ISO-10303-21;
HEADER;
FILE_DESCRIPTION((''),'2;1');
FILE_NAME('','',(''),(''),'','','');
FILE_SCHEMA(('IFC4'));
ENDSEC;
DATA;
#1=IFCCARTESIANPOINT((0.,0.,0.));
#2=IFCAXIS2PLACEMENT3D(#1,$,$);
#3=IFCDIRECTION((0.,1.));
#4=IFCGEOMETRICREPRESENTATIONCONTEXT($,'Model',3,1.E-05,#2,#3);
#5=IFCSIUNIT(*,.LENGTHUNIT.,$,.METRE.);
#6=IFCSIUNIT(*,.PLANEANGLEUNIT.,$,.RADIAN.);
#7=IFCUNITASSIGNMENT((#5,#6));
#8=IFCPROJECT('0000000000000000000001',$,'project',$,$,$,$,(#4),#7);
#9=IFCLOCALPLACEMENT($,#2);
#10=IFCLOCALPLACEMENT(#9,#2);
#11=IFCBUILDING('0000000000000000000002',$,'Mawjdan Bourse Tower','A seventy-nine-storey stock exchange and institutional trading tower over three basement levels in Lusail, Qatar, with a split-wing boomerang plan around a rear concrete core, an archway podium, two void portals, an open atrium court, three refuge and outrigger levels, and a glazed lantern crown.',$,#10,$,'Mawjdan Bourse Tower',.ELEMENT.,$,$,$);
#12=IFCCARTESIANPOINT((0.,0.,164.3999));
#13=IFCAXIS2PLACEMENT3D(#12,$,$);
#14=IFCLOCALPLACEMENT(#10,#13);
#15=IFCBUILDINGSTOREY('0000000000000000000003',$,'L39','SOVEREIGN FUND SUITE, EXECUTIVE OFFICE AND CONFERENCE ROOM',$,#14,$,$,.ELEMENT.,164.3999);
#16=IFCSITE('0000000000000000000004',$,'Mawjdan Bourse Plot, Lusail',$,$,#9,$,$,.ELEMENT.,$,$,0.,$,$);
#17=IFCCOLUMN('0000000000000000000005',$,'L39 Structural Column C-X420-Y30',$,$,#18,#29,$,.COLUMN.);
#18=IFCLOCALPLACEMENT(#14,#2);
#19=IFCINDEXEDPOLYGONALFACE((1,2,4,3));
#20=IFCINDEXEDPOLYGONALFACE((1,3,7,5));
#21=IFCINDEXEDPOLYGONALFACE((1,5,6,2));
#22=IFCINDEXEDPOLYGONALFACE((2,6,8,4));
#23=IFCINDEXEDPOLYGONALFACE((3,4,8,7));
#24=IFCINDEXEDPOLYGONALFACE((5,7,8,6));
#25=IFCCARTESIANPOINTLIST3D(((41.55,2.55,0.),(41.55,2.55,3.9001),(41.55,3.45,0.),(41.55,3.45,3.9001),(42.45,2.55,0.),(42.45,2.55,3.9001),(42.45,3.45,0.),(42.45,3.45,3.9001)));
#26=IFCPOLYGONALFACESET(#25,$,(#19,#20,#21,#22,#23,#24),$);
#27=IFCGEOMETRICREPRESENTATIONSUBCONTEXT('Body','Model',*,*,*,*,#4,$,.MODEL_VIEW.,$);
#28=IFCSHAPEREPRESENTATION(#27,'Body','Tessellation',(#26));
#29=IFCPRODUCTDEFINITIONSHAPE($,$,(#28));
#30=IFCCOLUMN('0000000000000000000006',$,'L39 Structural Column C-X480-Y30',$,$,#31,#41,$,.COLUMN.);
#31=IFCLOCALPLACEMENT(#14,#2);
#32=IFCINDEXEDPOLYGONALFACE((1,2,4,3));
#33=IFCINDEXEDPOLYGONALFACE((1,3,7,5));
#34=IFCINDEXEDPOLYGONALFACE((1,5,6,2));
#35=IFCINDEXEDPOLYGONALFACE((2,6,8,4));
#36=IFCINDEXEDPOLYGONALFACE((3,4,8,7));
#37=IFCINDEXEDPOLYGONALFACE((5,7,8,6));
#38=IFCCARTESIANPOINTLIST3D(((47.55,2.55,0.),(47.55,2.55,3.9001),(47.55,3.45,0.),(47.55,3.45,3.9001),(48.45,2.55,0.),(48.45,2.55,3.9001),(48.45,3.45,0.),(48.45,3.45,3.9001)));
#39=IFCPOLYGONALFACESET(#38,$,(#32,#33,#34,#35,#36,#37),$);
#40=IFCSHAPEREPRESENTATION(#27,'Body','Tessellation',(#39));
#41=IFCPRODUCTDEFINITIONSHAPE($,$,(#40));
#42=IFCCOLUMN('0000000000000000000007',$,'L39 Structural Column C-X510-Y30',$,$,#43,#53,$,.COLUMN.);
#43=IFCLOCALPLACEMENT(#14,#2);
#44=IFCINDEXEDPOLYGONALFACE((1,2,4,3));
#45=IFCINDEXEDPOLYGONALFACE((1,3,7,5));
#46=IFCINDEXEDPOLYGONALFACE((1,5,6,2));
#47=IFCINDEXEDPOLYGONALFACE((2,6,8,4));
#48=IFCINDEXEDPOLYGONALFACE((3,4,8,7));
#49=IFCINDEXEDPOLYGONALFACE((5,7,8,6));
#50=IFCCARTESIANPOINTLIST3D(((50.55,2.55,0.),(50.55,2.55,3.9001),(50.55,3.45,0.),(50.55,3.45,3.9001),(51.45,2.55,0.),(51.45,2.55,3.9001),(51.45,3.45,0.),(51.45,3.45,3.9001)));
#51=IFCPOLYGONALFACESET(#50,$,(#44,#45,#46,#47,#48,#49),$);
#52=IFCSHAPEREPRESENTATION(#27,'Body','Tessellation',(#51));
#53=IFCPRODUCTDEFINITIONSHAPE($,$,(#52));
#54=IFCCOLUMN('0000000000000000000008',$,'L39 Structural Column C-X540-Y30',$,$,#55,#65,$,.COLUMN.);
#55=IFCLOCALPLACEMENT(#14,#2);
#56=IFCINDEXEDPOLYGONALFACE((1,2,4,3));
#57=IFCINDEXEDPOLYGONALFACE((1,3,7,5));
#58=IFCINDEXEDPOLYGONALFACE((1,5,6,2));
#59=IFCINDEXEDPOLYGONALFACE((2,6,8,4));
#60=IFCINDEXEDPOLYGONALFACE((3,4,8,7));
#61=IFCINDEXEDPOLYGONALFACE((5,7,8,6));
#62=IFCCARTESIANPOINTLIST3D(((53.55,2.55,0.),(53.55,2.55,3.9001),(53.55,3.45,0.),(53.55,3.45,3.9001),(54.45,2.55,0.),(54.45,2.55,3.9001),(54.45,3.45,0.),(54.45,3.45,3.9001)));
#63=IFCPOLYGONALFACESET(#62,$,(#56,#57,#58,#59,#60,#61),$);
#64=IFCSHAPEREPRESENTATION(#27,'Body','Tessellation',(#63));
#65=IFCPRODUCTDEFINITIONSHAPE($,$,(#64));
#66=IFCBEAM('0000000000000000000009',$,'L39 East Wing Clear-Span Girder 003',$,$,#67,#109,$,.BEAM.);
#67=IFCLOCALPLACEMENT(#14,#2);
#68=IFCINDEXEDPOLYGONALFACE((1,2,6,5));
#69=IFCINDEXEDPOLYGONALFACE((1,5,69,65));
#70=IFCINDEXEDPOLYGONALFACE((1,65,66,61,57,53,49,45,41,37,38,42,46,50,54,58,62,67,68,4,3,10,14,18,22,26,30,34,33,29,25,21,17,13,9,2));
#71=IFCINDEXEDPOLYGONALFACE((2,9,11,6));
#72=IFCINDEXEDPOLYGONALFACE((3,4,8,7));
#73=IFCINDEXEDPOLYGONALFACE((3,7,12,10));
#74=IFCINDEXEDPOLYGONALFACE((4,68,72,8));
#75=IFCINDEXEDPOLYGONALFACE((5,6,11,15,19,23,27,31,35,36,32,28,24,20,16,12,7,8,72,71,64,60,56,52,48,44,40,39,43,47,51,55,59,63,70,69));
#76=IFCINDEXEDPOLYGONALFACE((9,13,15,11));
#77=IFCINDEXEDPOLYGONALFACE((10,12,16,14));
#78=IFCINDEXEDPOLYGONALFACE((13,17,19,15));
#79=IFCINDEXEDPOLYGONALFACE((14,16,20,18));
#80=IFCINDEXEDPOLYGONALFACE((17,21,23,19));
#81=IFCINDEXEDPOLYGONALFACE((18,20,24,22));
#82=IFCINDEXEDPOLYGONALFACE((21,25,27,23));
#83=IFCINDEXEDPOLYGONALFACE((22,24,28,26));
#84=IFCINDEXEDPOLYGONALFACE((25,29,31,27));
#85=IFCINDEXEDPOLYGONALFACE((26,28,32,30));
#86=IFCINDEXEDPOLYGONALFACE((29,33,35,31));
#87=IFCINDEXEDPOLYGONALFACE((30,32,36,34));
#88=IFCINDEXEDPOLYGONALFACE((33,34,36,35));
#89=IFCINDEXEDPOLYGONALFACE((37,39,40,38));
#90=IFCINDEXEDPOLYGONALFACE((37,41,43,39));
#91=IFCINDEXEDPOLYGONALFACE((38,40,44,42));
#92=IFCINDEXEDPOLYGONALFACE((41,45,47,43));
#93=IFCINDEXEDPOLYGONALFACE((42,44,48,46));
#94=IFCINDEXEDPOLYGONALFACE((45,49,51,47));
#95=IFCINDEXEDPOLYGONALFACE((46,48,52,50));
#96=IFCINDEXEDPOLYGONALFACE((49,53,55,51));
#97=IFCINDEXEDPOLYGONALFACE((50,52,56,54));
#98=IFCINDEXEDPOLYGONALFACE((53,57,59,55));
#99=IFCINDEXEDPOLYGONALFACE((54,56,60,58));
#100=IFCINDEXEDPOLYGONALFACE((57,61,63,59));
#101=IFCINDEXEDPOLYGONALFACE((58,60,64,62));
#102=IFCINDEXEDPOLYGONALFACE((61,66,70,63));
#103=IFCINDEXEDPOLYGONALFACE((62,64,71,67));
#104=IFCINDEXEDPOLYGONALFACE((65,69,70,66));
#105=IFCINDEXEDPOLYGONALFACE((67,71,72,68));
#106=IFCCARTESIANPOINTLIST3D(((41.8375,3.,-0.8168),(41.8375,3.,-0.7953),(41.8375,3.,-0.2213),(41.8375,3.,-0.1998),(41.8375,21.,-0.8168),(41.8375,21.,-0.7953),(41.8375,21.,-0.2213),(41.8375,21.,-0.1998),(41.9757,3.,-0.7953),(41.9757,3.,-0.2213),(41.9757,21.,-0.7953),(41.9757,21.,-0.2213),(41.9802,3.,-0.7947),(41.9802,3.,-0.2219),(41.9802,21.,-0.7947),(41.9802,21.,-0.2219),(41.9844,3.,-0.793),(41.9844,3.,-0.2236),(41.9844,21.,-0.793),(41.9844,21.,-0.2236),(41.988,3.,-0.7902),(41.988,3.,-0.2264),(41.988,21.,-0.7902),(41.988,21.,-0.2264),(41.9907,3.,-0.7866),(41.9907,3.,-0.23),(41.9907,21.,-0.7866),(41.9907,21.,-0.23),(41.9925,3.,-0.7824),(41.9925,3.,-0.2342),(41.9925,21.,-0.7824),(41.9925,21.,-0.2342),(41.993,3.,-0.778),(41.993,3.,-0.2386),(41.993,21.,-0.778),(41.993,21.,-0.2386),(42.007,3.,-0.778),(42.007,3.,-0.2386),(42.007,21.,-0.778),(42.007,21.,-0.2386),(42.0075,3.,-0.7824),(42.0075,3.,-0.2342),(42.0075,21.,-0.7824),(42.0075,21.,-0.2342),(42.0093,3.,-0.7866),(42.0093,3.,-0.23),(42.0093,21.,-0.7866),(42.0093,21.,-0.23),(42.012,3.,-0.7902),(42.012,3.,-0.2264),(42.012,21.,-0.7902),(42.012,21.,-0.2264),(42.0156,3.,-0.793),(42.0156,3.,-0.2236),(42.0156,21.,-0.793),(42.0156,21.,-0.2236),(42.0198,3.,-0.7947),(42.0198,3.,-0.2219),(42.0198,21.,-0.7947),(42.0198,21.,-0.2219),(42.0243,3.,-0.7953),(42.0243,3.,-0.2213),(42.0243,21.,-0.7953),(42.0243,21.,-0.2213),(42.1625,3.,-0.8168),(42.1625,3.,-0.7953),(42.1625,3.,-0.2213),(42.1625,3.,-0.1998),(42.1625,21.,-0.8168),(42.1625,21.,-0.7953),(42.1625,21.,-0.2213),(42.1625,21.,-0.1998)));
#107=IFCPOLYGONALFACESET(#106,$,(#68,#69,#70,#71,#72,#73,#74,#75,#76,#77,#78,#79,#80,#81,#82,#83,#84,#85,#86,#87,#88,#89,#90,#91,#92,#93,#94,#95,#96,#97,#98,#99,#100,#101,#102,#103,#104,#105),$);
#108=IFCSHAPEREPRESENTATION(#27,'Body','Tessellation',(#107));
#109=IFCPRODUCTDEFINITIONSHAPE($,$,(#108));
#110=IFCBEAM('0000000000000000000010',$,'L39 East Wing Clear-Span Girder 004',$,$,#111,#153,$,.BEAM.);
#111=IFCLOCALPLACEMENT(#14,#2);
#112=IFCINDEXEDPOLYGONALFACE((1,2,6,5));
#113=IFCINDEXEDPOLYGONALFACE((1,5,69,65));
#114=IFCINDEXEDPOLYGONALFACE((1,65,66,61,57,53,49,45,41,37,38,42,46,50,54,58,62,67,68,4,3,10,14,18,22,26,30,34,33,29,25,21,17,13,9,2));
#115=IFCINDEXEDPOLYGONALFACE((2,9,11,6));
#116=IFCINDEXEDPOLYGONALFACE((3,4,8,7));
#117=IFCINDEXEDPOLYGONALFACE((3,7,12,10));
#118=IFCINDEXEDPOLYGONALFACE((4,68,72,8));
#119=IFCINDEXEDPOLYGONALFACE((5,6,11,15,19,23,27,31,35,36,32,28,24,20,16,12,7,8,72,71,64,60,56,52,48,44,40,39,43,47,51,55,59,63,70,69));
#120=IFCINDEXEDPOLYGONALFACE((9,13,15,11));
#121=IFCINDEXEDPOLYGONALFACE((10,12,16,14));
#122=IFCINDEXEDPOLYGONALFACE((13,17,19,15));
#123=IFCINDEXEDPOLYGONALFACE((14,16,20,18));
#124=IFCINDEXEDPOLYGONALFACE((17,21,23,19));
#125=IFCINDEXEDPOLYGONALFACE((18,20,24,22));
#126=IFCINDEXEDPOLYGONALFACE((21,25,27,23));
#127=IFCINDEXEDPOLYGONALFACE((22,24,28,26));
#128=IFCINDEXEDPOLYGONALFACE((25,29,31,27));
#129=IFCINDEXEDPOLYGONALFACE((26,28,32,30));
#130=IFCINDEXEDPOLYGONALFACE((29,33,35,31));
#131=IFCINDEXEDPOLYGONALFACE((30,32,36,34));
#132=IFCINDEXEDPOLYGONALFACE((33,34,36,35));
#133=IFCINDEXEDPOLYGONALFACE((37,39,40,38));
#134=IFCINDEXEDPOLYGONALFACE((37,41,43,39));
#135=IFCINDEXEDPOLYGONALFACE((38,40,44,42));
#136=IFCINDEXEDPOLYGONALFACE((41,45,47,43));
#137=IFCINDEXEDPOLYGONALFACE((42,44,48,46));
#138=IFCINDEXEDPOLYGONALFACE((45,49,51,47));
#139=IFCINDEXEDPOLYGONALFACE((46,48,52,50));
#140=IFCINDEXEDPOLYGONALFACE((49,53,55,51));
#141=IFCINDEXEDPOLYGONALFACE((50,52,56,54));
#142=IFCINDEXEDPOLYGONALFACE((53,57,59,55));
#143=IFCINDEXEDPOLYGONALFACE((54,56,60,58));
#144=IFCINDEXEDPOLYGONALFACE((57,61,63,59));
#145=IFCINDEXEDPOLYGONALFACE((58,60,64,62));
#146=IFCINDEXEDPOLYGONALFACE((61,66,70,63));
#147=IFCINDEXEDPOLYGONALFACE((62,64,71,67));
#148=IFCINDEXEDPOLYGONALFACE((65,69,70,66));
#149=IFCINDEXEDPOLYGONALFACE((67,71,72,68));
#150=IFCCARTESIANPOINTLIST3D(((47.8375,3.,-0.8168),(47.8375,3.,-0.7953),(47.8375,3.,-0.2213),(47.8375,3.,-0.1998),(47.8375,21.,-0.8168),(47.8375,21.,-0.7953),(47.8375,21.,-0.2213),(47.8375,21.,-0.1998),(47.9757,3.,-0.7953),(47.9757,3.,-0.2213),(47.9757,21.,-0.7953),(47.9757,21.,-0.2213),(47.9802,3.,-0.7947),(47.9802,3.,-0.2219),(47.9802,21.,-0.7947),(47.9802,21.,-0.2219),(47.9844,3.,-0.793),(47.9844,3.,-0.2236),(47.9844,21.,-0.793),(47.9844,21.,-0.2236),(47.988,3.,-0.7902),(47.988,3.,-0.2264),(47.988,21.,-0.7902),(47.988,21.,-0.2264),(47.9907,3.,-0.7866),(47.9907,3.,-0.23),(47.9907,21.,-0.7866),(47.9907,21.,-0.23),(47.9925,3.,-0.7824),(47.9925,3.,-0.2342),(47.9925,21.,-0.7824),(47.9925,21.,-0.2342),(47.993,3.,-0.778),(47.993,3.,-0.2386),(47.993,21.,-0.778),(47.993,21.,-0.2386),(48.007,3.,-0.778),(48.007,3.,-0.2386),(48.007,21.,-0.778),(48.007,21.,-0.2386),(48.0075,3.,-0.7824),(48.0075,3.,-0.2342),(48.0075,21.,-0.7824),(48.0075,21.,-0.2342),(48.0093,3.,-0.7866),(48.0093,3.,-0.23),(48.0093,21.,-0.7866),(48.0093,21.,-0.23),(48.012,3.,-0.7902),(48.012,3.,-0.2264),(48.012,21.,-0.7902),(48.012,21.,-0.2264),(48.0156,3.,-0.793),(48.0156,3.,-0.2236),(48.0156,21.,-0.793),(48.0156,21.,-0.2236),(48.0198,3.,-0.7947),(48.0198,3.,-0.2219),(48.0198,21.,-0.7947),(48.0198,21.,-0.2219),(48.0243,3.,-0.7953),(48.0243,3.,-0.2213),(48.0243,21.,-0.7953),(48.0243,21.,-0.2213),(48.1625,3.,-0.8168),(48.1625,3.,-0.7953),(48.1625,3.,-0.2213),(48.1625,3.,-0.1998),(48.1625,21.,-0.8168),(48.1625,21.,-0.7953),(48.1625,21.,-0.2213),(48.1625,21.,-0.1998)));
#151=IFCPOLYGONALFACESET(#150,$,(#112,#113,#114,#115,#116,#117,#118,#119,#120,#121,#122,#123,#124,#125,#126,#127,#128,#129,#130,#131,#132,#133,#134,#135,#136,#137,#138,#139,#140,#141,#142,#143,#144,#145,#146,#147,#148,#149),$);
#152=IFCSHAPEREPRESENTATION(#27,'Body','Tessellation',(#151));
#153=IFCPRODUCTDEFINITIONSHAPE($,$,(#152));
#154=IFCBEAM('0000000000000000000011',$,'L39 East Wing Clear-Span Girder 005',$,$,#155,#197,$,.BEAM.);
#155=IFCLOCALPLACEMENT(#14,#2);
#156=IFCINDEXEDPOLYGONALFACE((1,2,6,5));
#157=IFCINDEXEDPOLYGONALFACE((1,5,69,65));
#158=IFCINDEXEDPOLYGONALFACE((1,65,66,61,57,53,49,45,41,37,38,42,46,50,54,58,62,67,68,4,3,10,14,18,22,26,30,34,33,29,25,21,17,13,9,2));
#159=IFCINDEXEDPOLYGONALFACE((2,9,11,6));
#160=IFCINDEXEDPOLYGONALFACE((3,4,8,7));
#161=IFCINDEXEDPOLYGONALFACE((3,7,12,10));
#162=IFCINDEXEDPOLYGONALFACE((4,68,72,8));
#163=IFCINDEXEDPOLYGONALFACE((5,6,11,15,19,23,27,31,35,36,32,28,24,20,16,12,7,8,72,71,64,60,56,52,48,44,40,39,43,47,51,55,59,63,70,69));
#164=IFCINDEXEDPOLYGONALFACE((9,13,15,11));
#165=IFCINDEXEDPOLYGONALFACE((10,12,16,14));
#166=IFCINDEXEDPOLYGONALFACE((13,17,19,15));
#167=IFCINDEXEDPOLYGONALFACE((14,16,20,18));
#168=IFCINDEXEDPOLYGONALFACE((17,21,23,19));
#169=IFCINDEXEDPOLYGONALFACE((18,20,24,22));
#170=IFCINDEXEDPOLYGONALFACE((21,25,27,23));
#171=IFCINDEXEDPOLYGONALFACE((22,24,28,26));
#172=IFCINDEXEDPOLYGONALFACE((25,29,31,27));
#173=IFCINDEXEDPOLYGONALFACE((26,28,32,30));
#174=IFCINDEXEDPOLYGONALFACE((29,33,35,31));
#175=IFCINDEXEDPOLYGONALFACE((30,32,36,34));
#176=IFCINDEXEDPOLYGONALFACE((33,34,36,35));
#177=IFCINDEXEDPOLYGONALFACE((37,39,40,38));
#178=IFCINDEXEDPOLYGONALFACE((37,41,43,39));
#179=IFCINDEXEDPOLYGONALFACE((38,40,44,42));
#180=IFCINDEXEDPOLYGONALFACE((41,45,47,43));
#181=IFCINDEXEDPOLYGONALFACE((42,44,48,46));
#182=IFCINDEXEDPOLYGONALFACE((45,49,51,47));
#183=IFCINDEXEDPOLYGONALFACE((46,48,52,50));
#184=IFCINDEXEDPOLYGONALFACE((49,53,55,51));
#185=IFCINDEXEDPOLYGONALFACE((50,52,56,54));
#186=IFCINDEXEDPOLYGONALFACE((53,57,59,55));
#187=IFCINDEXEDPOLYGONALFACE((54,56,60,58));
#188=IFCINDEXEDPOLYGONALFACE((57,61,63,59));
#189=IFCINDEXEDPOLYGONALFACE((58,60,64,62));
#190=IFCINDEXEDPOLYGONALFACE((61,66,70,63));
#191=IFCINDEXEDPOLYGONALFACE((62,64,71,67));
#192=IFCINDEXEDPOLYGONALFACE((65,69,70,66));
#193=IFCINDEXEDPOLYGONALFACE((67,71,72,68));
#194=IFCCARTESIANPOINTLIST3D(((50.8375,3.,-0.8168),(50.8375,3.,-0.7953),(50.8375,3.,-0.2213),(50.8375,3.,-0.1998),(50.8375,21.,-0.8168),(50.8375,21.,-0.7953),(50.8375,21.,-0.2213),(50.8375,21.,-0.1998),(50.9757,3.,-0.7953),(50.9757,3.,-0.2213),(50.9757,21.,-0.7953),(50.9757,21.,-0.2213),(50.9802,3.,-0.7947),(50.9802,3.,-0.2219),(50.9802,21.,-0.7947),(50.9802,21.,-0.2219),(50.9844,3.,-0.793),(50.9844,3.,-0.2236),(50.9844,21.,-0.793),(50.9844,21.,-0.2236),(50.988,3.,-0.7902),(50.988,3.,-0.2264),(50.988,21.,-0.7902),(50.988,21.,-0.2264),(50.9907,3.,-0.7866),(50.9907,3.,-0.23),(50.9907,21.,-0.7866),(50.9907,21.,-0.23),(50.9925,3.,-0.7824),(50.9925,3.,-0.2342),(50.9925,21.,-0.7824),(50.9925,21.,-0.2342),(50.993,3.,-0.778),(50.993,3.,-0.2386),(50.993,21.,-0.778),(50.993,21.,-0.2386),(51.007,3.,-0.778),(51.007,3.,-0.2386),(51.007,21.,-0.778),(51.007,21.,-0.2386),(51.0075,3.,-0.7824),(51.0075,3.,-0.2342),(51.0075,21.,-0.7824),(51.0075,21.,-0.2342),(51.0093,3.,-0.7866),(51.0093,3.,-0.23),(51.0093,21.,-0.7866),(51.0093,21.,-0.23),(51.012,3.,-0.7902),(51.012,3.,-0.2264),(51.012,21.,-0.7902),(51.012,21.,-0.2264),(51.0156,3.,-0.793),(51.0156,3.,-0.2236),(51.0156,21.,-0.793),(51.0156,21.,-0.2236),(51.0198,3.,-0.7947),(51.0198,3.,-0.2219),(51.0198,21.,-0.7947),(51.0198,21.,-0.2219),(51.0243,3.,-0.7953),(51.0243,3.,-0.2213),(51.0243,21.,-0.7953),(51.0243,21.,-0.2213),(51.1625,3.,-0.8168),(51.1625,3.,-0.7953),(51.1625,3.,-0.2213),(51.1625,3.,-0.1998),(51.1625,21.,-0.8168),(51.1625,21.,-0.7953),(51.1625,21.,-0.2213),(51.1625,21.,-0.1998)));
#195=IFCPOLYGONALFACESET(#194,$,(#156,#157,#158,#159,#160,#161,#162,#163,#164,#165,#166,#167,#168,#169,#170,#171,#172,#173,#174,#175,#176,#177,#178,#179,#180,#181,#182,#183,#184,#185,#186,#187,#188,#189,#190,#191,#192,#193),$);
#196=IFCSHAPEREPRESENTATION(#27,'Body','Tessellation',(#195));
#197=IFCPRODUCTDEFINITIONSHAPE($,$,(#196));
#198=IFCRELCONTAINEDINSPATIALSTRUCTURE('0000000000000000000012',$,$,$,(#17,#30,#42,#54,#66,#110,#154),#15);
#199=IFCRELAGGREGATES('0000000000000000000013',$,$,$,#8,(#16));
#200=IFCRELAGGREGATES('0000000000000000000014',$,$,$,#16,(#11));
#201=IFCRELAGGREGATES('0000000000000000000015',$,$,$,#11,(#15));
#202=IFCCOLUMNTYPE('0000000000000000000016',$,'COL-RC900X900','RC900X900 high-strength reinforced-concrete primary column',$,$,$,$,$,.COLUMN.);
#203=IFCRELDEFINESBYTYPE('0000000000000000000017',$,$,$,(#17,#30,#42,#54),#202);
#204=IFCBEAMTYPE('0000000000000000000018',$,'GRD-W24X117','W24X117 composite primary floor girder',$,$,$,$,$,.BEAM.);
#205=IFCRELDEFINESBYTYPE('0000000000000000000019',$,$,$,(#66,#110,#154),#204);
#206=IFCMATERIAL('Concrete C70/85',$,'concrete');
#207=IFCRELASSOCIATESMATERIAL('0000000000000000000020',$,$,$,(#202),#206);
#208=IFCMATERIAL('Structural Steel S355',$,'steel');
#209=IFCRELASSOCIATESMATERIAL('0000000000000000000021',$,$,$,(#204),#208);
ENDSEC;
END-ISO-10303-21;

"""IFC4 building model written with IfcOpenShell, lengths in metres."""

from ifc_helpers import new_model, si_unit, direction, frame, origin, origin_2d, place, context, subcontext, project, spatial, rectangle, i_section, extrude, material, material_profile, profile_set, type_object, element, save


model = new_model("IFC4")

# Units and contexts
model_context = context("Model", 3, precision=1e-05, world=origin(), true_north=direction((0.0, 1.0)))
body_context = subcontext(model_context, "Body", "Model", "MODEL_VIEW")
ifc_project = project(units=[si_unit("LENGTHUNIT", "METRE"), si_unit("PLANEANGLEUNIT", "RADIAN")], contexts=[model_context])

# Site, building, storey
site_placement = place(None, origin())
site = spatial("IfcSite", under=ifc_project, at=site_placement, Name="Mawjdan Bourse Plot, Lusail", CompositionType="ELEMENT", RefElevation=0.0)
building_placement = place(site_placement, origin())
building = spatial("IfcBuilding", under=site, at=building_placement, Name="Mawjdan Bourse Tower", Description="A seventy-nine-storey stock exchange and institutional trading tower over three basement levels in Lusail, Qatar, with a split-wing boomerang plan around a rear concrete core, an archway podium, two void portals, an open atrium court, three refuge and outrigger levels, and a glazed lantern crown.", LongName="Mawjdan Bourse Tower", CompositionType="ELEMENT")
storey_placement = place(building_placement, frame((0.0, 0.0, 164.3999)))
storey = spatial("IfcBuildingStorey", under=building, at=storey_placement, Name="L39", Description="SOVEREIGN FUND SUITE, EXECUTIVE OFFICE AND CONFERENCE ROOM", CompositionType="ELEMENT", Elevation=164.3999)

# Columns
ifc_material_1 = material(Name="Concrete C70/85", Category="concrete")
ifc_material_profile_1 = material_profile(ifc_material_1, rectangle(XDim=0.8999, YDim=0.8999, at=origin_2d()), Name="RC900X900")
ifc_profile_set_1 = profile_set([ifc_material_profile_1], Name="Concrete C70/85")
column_type = type_object("IfcColumnType", Name="COL-RC900X900", Description="RC900X900 high-strength reinforced-concrete primary column", PredefinedType="COLUMN", material=ifc_profile_set_1)
for number, where, z_axis, x_axis, name in (
    (1, (42.0, 3.0, 0.0), (0.0, 0.0, 1.0), (1.0, 0.0, 0.0), "L39 Structural Column C-X420-Y30"),
    (2, (48.0, 3.0, 0.0), (0.0, 0.0, 1.0), (1.0, 0.0, 0.0), "L39 Structural Column C-X480-Y30"),
    (3, (51.0, 3.0, 0.0), (0.0, 0.0, 1.0), (1.0, 0.0, 0.0), "L39 Structural Column C-X510-Y30"),
    (4, (54.0, 3.0, 0.0), (0.0, 0.0, 1.0), (1.0, 0.0, 0.0), "L39 Structural Column C-X540-Y30"),
):
    element("IfcColumn", number, at=place(storey_placement, frame(where, z_axis=z_axis, x_axis=x_axis)), inside=storey, type_object=column_type, Name=name, PredefinedType="COLUMN", context=body_context, shape_type="SweptSolid", body=[
        extrude(rectangle(XDim=0.8999, YDim=0.8999, at=origin_2d()), origin(), (0.0, 0.0, 1.0), 3.9001),
    ])

# Beams
ifc_material_2 = material(Name="Structural Steel S355", Category="steel")
ifc_material_profile_2 = material_profile(ifc_material_2, i_section(OverallWidth=0.325, OverallDepth=0.6169, WebThickness=0.0139, FlangeThickness=0.0215, FilletRadius=0.0173, at=origin_2d()), Name="W24X117")
ifc_profile_set_2 = profile_set([ifc_material_profile_2], Name="Structural Steel S355")
beam_type_1 = type_object("IfcBeamType", Name="GRD-W24X117", Description="W24X117 composite primary floor girder", PredefinedType="BEAM", material=ifc_profile_set_2)
for number, where, z_axis, x_axis, name in (
    (5, (42.0, 3.0, -0.5083), (0.0, 1.0, 0.0), (-1.0, 0.0, 0.0), "L39 East Wing Clear-Span Girder 003"),
    (6, (48.0, 3.0, -0.5083), (0.0, 1.0, 0.0), (-1.0, 0.0, 0.0), "L39 East Wing Clear-Span Girder 004"),
    (7, (51.0, 3.0, -0.5083), (0.0, 1.0, 0.0), (-1.0, 0.0, 0.0), "L39 East Wing Clear-Span Girder 005"),
):
    element("IfcBeam", number, at=place(storey_placement, frame(where, z_axis=z_axis, x_axis=x_axis)), inside=storey, type_object=beam_type_1, Name=name, PredefinedType="BEAM", context=body_context, shape_type="SweptSolid", body=[
        extrude(i_section(OverallWidth=0.325, OverallDepth=0.6169, WebThickness=0.0139, FlangeThickness=0.0215, FilletRadius=0.0173, at=origin_2d()), origin(), (0.0, 0.0, 1.0), 18.0),
    ])

save(model, "model.ifc")
